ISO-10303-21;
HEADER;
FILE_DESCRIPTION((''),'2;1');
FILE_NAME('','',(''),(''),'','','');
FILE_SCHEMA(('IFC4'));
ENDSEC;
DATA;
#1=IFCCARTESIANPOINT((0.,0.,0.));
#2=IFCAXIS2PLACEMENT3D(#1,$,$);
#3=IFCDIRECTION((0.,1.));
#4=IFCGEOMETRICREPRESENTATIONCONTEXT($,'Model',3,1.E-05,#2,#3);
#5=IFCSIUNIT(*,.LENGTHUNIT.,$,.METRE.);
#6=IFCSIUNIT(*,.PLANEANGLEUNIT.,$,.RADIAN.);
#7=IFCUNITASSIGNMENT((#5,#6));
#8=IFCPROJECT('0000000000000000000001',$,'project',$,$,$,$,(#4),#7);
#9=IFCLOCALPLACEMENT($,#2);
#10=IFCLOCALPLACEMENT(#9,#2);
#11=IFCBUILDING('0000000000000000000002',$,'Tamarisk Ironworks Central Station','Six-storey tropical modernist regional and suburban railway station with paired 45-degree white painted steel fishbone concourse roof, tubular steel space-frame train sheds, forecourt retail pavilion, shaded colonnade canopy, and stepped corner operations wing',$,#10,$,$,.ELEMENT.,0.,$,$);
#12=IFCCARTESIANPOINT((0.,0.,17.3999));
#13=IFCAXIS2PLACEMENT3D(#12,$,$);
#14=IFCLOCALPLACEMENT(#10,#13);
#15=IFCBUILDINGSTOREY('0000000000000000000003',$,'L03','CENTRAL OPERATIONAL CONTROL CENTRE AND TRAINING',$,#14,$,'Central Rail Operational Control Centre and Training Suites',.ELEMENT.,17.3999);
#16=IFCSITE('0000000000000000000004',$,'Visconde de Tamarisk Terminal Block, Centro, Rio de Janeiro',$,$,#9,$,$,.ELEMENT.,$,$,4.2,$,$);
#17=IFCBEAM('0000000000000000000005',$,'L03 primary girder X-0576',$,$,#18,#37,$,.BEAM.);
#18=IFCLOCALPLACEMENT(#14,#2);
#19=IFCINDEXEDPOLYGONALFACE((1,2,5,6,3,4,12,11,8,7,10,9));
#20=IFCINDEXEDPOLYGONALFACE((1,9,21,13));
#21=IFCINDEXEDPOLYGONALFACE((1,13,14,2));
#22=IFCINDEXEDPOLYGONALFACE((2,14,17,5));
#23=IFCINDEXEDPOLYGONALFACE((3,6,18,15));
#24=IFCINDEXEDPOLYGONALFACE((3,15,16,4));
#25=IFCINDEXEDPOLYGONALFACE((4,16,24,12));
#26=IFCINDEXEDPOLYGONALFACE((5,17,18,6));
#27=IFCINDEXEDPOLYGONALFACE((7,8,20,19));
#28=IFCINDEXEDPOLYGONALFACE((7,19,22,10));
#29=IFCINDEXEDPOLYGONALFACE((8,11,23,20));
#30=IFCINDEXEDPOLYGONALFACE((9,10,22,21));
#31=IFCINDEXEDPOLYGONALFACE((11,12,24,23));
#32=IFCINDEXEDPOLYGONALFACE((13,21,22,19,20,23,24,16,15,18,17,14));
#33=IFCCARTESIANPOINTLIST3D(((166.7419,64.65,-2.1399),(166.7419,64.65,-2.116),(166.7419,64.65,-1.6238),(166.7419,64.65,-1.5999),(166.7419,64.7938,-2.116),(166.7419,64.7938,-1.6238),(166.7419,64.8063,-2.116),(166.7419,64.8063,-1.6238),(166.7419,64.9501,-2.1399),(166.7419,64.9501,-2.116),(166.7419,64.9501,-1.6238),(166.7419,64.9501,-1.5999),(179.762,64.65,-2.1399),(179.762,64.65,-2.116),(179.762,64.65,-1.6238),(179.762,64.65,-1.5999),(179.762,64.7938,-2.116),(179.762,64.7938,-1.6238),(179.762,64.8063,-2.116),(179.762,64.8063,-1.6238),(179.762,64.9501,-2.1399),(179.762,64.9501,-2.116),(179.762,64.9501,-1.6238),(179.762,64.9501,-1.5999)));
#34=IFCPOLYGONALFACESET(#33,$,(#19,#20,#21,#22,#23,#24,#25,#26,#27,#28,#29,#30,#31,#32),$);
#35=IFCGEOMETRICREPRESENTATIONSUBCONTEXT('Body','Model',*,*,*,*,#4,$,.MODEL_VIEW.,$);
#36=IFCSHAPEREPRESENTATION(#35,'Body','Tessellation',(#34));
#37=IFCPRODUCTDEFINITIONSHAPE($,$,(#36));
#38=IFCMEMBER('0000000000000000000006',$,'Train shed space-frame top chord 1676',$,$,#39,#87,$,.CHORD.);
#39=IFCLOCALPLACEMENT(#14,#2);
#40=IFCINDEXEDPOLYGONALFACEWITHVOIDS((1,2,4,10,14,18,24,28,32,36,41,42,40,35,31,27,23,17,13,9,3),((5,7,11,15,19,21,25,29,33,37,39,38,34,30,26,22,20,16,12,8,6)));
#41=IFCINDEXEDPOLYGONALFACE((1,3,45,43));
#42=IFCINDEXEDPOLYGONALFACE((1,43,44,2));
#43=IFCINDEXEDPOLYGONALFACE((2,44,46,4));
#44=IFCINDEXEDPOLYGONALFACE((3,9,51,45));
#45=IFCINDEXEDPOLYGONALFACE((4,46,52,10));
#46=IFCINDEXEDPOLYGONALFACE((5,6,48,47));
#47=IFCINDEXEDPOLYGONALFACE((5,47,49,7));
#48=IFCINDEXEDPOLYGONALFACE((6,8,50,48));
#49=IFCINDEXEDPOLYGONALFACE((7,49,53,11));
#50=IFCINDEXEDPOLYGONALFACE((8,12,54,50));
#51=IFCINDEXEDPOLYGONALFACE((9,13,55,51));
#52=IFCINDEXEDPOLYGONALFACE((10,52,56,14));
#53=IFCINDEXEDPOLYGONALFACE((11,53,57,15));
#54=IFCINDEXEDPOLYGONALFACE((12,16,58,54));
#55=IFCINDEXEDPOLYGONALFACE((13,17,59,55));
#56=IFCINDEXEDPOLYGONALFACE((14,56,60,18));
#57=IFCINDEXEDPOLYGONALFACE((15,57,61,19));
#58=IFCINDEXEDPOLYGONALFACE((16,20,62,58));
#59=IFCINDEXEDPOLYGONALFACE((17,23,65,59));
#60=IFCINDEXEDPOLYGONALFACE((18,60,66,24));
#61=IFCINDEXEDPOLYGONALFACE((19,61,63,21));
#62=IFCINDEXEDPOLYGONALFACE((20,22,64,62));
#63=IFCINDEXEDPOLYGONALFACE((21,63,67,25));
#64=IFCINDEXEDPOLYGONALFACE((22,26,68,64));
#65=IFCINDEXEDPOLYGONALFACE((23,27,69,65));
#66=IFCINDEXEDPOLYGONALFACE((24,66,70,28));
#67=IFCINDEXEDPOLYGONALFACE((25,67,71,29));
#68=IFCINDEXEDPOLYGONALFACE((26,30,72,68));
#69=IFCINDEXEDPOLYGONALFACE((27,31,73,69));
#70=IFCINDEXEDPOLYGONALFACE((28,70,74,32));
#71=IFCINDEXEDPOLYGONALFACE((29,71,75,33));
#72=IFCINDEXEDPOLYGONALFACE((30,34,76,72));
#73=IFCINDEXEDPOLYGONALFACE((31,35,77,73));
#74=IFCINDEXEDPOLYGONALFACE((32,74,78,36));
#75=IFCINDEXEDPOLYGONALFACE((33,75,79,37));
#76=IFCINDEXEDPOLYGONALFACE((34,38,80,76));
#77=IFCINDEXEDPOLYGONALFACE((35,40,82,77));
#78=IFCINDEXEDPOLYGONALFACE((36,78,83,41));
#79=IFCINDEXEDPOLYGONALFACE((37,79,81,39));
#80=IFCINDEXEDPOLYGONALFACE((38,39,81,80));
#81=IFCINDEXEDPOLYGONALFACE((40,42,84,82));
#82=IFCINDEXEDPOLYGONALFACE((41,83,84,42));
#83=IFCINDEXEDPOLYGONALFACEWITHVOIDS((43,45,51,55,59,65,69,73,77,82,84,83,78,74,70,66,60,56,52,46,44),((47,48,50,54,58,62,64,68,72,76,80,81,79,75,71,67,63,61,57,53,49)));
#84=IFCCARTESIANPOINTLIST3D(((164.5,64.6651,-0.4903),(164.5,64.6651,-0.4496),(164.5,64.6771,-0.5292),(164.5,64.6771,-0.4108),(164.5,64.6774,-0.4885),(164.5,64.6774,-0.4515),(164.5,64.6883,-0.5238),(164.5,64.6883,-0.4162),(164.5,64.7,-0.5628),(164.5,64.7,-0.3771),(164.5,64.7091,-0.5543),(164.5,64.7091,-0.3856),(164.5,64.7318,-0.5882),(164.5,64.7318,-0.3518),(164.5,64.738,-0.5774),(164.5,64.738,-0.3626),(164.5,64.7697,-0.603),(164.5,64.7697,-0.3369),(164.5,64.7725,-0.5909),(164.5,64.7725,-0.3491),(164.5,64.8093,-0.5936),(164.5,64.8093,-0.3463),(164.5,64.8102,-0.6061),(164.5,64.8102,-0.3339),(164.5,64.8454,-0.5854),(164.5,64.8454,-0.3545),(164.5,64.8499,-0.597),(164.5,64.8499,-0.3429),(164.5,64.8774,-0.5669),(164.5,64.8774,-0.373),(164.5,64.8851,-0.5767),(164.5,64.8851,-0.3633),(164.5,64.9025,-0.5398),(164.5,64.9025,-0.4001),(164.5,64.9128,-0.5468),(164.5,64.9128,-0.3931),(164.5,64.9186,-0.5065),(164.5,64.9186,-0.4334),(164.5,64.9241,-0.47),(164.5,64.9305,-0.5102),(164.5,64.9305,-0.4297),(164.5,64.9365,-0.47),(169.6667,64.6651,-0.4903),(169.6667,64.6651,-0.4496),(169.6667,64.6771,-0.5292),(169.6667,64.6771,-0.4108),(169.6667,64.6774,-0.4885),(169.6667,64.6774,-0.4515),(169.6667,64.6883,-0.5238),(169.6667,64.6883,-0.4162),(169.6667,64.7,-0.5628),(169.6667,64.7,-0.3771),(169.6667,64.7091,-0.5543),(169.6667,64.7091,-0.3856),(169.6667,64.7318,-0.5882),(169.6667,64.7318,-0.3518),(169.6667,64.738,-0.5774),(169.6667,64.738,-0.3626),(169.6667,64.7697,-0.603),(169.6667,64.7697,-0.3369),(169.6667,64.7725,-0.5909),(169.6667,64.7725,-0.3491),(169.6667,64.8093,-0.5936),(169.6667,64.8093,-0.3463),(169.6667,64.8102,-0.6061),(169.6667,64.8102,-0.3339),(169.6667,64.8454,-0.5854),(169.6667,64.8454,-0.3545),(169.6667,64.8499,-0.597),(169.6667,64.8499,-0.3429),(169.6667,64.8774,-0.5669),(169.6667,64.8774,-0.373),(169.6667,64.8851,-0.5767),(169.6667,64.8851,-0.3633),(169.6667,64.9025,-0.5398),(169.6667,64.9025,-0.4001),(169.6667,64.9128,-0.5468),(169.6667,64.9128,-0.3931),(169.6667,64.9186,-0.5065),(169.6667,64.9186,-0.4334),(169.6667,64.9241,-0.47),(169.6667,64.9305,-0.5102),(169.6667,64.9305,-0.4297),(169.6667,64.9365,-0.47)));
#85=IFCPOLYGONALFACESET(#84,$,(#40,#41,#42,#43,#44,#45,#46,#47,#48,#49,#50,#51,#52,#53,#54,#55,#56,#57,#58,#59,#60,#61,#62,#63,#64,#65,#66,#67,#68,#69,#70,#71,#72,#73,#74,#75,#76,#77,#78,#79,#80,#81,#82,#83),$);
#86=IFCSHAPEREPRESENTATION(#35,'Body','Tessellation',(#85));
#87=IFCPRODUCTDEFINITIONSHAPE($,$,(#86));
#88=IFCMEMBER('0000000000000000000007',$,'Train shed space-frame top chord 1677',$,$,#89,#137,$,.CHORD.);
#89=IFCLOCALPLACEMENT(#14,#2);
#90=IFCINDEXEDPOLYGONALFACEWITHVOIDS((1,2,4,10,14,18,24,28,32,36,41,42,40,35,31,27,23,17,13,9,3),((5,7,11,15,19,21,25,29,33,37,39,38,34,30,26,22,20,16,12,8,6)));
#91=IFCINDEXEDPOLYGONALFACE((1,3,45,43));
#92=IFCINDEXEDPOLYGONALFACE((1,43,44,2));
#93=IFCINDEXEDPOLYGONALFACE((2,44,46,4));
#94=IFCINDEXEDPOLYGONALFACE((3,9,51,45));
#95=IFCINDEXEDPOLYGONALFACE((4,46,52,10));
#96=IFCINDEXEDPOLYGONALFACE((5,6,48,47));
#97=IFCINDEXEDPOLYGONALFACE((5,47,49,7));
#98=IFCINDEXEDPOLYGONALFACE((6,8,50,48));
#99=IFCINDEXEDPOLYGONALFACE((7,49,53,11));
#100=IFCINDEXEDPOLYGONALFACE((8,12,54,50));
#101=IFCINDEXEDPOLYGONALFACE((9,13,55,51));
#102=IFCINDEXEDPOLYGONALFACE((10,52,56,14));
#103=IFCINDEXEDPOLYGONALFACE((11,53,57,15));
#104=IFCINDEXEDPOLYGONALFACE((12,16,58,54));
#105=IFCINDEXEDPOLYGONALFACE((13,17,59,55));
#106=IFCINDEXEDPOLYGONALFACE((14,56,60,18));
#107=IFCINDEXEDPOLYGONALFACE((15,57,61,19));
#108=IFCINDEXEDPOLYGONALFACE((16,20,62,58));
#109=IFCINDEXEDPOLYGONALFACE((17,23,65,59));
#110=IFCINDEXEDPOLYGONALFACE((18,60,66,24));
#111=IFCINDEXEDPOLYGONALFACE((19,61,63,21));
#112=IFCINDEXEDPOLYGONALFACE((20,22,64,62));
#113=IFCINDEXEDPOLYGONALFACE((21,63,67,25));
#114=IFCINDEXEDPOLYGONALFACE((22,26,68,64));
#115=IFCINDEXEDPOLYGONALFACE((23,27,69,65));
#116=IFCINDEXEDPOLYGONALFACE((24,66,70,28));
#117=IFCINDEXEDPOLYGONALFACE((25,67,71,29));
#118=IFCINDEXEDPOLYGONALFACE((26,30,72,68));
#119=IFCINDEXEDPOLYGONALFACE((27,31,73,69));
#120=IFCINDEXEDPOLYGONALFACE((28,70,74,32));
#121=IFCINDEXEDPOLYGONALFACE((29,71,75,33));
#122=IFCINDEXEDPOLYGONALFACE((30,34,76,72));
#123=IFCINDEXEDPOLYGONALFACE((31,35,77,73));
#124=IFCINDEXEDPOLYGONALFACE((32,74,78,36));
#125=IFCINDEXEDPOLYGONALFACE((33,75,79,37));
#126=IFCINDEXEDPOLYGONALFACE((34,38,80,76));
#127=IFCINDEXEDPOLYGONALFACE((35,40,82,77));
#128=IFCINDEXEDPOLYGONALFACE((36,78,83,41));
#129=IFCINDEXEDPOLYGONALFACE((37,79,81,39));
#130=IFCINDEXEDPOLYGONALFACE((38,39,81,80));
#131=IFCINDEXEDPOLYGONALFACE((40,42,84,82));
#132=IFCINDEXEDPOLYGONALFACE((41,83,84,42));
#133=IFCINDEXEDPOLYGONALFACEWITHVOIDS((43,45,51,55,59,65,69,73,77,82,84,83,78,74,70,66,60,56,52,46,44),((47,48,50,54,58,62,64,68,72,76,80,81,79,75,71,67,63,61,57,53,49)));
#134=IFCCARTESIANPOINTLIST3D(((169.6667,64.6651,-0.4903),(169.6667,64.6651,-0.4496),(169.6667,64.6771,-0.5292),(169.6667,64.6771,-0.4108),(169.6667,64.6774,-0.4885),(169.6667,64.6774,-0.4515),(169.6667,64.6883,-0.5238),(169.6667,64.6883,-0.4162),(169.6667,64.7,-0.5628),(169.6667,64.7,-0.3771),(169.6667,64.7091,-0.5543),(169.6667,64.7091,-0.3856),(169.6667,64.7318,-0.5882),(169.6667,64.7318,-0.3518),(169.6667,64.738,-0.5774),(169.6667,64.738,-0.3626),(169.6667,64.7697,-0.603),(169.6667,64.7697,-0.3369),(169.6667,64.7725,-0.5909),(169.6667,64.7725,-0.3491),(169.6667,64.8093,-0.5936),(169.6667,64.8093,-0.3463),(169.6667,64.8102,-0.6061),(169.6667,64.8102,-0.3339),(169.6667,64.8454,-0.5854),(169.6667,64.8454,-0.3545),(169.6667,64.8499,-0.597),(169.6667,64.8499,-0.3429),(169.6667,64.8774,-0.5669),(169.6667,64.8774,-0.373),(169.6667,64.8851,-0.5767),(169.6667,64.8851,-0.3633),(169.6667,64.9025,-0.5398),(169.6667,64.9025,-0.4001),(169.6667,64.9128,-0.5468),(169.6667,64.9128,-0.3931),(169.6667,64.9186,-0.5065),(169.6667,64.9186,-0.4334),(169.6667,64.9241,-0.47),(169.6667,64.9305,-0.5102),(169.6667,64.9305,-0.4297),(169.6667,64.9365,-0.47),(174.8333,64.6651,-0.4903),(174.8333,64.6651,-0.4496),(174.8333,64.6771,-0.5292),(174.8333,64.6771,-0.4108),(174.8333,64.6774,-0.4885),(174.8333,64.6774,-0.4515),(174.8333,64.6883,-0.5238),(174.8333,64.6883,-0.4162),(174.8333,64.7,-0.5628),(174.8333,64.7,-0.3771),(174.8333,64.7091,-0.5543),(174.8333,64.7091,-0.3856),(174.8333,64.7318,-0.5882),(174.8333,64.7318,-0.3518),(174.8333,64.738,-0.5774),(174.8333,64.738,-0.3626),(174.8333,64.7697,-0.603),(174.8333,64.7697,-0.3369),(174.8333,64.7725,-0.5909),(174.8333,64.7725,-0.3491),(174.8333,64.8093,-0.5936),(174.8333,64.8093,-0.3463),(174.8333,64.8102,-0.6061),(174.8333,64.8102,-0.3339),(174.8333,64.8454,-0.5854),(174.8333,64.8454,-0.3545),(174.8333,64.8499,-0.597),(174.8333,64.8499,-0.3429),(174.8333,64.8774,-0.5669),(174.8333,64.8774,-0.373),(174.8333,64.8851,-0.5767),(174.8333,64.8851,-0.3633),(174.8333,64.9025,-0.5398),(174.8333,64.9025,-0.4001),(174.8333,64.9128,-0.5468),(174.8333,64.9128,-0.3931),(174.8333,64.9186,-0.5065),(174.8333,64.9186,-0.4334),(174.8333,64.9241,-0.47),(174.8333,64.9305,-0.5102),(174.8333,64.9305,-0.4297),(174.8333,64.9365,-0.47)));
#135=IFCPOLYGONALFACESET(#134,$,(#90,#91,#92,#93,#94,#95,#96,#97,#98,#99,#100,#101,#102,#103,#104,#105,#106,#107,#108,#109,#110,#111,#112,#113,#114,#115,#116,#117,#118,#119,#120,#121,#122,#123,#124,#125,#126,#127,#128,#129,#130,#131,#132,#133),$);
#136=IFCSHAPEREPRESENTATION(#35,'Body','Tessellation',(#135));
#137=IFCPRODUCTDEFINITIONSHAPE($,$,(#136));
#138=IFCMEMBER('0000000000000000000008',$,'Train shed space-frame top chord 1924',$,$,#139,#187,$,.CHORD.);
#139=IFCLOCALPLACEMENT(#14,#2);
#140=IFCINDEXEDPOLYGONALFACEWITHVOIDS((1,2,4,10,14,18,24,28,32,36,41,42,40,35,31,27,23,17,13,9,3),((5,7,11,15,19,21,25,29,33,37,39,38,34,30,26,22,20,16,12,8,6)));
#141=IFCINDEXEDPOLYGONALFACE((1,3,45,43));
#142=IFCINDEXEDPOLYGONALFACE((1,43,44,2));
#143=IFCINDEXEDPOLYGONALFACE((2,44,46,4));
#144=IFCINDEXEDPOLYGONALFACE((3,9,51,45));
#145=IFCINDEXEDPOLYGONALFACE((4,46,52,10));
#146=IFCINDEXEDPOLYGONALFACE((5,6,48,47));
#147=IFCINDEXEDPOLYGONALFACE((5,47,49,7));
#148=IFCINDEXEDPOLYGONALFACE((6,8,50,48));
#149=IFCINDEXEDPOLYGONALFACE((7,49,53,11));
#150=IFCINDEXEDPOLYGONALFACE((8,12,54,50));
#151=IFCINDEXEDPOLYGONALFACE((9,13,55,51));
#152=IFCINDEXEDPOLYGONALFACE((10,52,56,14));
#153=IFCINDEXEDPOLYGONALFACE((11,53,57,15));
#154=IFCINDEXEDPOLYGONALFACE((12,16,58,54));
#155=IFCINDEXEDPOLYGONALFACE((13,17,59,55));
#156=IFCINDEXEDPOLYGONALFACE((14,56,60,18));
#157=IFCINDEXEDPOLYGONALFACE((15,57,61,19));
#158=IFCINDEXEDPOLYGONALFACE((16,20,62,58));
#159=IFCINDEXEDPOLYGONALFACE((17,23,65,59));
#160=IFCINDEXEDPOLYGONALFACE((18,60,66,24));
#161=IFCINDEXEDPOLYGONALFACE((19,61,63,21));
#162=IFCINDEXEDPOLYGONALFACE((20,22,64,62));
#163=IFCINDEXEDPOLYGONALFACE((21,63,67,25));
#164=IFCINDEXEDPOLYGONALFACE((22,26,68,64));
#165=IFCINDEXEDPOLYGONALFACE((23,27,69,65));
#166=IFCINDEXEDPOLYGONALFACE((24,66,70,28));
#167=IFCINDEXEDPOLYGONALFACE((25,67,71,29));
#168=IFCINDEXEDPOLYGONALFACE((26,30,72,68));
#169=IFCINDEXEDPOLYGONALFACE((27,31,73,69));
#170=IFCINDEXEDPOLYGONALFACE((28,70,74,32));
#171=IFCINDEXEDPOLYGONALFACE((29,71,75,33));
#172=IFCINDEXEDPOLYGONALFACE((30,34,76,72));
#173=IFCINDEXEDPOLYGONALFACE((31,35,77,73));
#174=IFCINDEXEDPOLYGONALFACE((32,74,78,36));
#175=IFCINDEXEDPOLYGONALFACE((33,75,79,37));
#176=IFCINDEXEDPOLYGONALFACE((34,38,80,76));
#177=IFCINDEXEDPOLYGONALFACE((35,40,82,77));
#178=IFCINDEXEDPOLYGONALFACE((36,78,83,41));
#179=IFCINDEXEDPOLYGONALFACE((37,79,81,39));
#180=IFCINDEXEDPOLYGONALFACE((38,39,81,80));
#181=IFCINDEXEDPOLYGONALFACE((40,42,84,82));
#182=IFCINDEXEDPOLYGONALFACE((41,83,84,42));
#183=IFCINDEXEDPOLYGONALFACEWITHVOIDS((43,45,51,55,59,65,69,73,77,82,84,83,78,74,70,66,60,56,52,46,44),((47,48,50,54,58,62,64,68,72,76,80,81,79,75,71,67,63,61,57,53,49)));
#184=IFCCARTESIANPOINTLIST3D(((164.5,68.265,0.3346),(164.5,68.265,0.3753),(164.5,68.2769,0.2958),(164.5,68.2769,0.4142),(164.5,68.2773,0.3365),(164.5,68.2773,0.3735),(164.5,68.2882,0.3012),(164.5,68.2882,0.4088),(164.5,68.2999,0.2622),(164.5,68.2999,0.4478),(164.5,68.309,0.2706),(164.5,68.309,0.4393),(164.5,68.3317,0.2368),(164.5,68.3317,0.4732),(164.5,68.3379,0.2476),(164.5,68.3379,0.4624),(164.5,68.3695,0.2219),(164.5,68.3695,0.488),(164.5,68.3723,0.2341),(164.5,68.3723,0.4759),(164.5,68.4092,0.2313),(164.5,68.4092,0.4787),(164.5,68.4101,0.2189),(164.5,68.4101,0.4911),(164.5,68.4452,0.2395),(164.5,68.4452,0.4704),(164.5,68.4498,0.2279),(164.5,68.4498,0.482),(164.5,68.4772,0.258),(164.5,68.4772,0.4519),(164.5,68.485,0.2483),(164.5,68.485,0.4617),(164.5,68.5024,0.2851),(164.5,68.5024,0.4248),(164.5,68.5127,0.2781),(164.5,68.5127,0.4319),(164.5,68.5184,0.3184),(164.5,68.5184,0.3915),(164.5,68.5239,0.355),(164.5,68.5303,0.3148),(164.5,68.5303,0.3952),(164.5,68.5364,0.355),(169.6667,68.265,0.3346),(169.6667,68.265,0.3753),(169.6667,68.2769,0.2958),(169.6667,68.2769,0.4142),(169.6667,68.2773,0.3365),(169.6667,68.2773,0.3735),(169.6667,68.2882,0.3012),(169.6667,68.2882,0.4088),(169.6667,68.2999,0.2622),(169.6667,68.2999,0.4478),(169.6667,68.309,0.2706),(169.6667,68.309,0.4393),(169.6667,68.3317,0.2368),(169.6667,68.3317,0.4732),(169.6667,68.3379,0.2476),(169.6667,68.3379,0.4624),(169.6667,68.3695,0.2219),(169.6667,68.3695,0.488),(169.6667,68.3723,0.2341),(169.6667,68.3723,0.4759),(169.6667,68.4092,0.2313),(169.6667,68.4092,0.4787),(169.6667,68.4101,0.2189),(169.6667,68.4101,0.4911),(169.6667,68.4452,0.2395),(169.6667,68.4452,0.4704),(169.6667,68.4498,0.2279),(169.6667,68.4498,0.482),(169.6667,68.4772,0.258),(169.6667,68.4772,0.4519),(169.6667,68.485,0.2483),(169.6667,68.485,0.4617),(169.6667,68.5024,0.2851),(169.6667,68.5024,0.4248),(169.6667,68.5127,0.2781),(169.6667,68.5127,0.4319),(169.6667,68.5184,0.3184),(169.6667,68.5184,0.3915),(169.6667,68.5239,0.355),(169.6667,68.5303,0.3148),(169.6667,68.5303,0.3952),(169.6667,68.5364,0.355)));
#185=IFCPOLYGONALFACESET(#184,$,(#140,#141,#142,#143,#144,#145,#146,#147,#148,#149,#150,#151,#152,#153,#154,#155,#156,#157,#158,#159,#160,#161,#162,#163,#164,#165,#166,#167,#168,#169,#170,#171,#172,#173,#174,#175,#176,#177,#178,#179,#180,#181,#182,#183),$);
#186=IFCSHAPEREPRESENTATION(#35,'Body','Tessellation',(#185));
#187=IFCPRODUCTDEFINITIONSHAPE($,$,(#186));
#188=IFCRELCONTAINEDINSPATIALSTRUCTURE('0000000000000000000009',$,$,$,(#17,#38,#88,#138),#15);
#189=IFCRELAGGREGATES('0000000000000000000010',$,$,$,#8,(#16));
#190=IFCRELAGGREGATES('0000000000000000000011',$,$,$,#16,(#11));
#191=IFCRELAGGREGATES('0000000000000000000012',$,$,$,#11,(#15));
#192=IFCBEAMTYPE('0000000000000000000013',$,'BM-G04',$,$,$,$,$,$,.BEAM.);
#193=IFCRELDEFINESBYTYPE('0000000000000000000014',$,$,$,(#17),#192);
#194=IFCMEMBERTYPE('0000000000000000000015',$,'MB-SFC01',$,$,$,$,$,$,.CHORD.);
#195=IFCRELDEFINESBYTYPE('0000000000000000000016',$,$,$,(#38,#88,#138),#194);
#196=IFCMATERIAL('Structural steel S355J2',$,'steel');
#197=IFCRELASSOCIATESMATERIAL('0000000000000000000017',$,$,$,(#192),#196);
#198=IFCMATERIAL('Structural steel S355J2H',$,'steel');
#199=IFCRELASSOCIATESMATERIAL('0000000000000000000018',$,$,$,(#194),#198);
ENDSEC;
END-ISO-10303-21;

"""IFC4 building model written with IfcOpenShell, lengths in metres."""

from ifc_helpers import new_model, si_unit, direction, frame, origin, origin_2d, place, context, subcontext, project, spatial, hollow_circle, i_section, extrude, material, material_profile, profile_set, type_object, element, save


model = new_model("IFC4")

# Units and contexts
model_context = context("Model", 3, precision=1e-05, world=origin(), true_north=direction((0.0, 1.0)))
body_context = subcontext(model_context, "Body", "Model", "MODEL_VIEW")
ifc_project = project(units=[si_unit("LENGTHUNIT", "METRE"), si_unit("PLANEANGLEUNIT", "RADIAN")], contexts=[model_context])

# Site, building, storey
site_placement = place(None, origin())
site = spatial("IfcSite", under=ifc_project, at=site_placement, Name="Visconde de Tamarisk Terminal Block, Centro, Rio de Janeiro", CompositionType="ELEMENT", RefElevation=4.2)
building_placement = place(site_placement, origin())
building = spatial("IfcBuilding", under=site, at=building_placement, Name="Tamarisk Ironworks Central Station", Description="Six-storey tropical modernist regional and suburban railway station with paired 45-degree white painted steel fishbone concourse roof, tubular steel space-frame train sheds, forecourt retail pavilion, shaded colonnade canopy, and stepped corner operations wing", CompositionType="ELEMENT", ElevationOfRefHeight=0.0)
storey_placement = place(building_placement, frame((0.0, 0.0, 17.3999)))
storey = spatial("IfcBuildingStorey", under=building, at=storey_placement, Name="L03", Description="CENTRAL OPERATIONAL CONTROL CENTRE AND TRAINING", LongName="Central Rail Operational Control Centre and Training Suites", CompositionType="ELEMENT", Elevation=17.3999)

# Beam
ifc_material_1 = material(Name="Structural steel S355J2", Category="steel")
ifc_material_profile_1 = material_profile(ifc_material_1, i_section(OverallWidth=0.3, OverallDepth=0.54, WebThickness=0.0125, FlangeThickness=0.0239, at=origin_2d()), Name="HEA 550")
ifc_profile_set_1 = profile_set([ifc_material_profile_1], Name="Structural steel S355J2")
beam_type = type_object("IfcBeamType", Name="BM-G04", PredefinedType="BEAM", material=ifc_profile_set_1)
beam_placement = place(storey_placement, frame((166.7419, 64.8, -1.8699), z_axis=(1.0, 0.0, 0.0), x_axis=(0.0, 1.0, 0.0)))
element("IfcBeam", 1, at=beam_placement, inside=storey, type_object=beam_type, Name="L03 primary girder X-0576", PredefinedType="BEAM", context=body_context, shape_type="SweptSolid", body=[
    extrude(i_section(OverallWidth=0.3, OverallDepth=0.54, WebThickness=0.0125, FlangeThickness=0.0239, at=origin_2d()), origin(), (0.0, 0.0, 1.0), 13.02),
])

# Members
ifc_material_2 = material(Name="Structural steel S355J2H", Category="steel")
ifc_material_profile_2 = material_profile(ifc_material_2, hollow_circle(Radius=0.1365, WallThickness=0.0125, at=origin_2d()), Name="CHS 273x12.5")
ifc_profile_set_2 = profile_set([ifc_material_profile_2], Name="Structural steel S355J2H")
member_type_1 = type_object("IfcMemberType", Name="MB-SFC01", PredefinedType="CHORD", material=ifc_profile_set_2)
member_1_placement = place(storey_placement, frame((164.5, 64.8, -0.47), z_axis=(1.0, 0.0, 0.0), x_axis=(0.0, 1.0, 0.0)))
element("IfcMember", 2, at=member_1_placement, inside=storey, type_object=member_type_1, Name="Train shed space-frame top chord 1676", PredefinedType="CHORD", context=body_context, shape_type="SweptSolid", body=[
    extrude(hollow_circle(Radius=0.1365, WallThickness=0.0125, at=origin_2d()), origin(), (0.0, 0.0, 1.0), 5.1667),
])
member_2_placement = place(storey_placement, frame((169.6667, 64.8, -0.47), z_axis=(1.0, 0.0, 0.0), x_axis=(0.0, 1.0, 0.0)))
element("IfcMember", 3, at=member_2_placement, inside=storey, type_object=member_type_1, Name="Train shed space-frame top chord 1677", PredefinedType="CHORD", context=body_context, shape_type="SweptSolid", body=[
    extrude(hollow_circle(Radius=0.1365, WallThickness=0.0125, at=origin_2d()), origin(), (0.0, 0.0, 1.0), 5.1665),
])
member_3_placement = place(storey_placement, frame((164.5, 68.3999, 0.355), z_axis=(1.0, 0.0, 0.0), x_axis=(0.0, 1.0, 0.0)))
element("IfcMember", 4, at=member_3_placement, inside=storey, type_object=member_type_1, Name="Train shed space-frame top chord 1924", PredefinedType="CHORD", context=body_context, shape_type="SweptSolid", body=[
    extrude(hollow_circle(Radius=0.1365, WallThickness=0.0125, at=origin_2d()), origin(), (0.0, 0.0, 1.0), 5.1667),
])

save(model, "model.ifc")
